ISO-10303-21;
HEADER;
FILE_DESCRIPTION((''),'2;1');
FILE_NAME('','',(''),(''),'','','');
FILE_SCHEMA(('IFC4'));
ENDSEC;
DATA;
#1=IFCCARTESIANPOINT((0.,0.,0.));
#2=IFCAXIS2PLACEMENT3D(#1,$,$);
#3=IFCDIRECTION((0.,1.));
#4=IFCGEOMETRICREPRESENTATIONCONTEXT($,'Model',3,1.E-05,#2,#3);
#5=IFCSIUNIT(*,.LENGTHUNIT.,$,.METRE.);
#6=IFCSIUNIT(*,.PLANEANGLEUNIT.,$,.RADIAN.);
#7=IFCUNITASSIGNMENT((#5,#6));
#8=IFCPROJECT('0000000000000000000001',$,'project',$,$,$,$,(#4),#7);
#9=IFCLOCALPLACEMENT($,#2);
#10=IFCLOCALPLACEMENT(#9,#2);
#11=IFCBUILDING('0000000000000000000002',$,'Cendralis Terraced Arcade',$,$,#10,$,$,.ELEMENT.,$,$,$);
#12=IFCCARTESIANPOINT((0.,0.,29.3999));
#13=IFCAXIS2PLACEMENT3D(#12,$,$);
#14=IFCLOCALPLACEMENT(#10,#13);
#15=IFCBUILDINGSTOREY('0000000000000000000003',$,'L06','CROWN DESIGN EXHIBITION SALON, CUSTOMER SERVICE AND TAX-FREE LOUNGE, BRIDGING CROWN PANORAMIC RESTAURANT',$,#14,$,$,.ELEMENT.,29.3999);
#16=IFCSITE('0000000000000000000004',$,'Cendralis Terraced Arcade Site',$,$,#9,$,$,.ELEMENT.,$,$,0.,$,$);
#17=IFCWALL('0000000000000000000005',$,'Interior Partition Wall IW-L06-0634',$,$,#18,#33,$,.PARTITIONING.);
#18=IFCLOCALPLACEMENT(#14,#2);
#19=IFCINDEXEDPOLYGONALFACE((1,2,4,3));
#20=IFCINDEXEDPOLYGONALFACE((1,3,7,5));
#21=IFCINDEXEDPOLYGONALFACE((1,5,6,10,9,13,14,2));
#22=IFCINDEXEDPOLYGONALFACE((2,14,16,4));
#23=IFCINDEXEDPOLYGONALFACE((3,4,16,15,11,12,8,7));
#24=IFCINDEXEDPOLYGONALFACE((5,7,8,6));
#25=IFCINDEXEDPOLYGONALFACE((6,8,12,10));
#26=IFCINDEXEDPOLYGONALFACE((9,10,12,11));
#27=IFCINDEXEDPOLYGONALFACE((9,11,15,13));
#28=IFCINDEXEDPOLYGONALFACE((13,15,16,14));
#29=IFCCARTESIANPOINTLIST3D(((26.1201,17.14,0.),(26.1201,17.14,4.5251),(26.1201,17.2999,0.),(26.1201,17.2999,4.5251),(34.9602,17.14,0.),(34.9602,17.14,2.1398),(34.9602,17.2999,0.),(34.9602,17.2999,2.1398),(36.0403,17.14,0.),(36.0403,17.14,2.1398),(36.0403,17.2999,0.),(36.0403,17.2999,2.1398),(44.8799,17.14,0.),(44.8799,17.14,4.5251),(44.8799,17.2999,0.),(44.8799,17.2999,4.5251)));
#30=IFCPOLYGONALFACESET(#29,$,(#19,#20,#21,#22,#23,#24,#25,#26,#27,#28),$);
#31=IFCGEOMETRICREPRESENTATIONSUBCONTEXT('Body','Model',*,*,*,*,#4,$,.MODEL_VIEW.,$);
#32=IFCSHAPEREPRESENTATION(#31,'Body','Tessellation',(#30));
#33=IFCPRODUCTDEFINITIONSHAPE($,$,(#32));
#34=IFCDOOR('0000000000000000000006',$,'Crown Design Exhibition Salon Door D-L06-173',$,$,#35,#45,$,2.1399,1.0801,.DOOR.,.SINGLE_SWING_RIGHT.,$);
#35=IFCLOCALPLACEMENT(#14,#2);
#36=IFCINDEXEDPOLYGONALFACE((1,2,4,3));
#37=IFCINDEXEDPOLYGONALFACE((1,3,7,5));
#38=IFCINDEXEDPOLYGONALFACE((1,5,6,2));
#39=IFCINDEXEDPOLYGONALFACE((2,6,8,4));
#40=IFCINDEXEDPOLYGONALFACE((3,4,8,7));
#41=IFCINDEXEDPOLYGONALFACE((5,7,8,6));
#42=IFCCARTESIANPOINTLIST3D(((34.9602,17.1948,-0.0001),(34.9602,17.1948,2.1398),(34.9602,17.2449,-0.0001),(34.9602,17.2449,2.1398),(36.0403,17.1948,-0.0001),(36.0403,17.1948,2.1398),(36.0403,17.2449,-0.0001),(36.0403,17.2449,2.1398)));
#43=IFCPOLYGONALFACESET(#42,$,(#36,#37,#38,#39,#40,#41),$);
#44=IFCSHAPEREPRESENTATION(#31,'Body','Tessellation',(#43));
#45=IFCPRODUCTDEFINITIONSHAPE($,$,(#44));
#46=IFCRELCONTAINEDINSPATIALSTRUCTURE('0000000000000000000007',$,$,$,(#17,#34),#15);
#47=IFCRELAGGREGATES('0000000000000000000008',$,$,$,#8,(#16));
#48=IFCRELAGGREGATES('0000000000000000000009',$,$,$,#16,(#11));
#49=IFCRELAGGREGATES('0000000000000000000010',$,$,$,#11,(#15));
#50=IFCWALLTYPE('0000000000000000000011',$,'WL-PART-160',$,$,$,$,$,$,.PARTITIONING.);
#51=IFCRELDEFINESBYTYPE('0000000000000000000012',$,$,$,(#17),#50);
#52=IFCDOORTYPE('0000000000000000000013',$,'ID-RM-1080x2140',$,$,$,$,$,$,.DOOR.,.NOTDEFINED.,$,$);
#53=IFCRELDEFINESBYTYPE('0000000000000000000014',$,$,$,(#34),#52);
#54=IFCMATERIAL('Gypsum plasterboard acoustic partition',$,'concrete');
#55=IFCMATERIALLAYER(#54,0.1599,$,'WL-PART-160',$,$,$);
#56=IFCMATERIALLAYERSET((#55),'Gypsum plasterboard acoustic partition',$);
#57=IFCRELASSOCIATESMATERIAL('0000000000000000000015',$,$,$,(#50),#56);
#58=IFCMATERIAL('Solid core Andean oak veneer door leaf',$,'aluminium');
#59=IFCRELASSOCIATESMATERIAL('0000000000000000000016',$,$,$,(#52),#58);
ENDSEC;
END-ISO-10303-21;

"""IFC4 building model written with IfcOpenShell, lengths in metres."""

from ifc_helpers import new_model, si_unit, direction, frame, frame_2d, origin, place, context, subcontext, project, spatial, rectangle, extrude, material, layer, layer_set, type_object, element, fill, save


model = new_model("IFC4")

# Units and contexts
model_context = context("Model", 3, precision=1e-05, world=origin(), true_north=direction((0.0, 1.0)))
body_context = subcontext(model_context, "Body", "Model", "MODEL_VIEW")
ifc_project = project(units=[si_unit("LENGTHUNIT", "METRE"), si_unit("PLANEANGLEUNIT", "RADIAN")], contexts=[model_context])

# Site, building, storey
site_placement = place(None, origin())
site = spatial("IfcSite", under=ifc_project, at=site_placement, Name="Cendralis Terraced Arcade Site", CompositionType="ELEMENT", RefElevation=0.0)
building_placement = place(site_placement, origin())
building = spatial("IfcBuilding", under=site, at=building_placement, Name="Cendralis Terraced Arcade", CompositionType="ELEMENT")
storey_placement = place(building_placement, frame((0.0, 0.0, 29.3999)))
storey = spatial("IfcBuildingStorey", under=building, at=storey_placement, Name="L06", Description="CROWN DESIGN EXHIBITION SALON, CUSTOMER SERVICE AND TAX-FREE LOUNGE, BRIDGING CROWN PANORAMIC RESTAURANT", CompositionType="ELEMENT", Elevation=29.3999)

# Shared definitions
ifc_material_1 = material(Name="Solid core Andean oak veneer door leaf", Category="aluminium")

# Wall, opening, door
ifc_material_2 = material(Name="Gypsum plasterboard acoustic partition", Category="concrete")
ifc_layer_1 = layer(ifc_material_2, 0.1599, Name="WL-PART-160")
ifc_layer_set_1 = layer_set([ifc_layer_1], Name="Gypsum plasterboard acoustic partition")
wall_type_1 = type_object("IfcWallType", Name="WL-PART-160", PredefinedType="PARTITIONING", material=ifc_layer_set_1)
wall_1_placement = place(storey_placement, frame((26.1201, 17.22, 0.0), z_axis=(0.0, 0.0, 1.0), x_axis=(1.0, 0.0, 0.0)))
wall_1 = element("IfcWall", 1, at=wall_1_placement, inside=storey, type_object=wall_type_1, Name="Interior Partition Wall IW-L06-0634", PredefinedType="PARTITIONING", context=body_context, shape_type="SweptSolid", body=[
    extrude(rectangle(XDim=18.7598, YDim=0.1599, at=frame_2d((9.3799, 0.0))), origin(), (0.0, 0.0, 1.0), 4.5251),
])
opening_1_placement = place(wall_1_placement, frame((8.8401, 0.0, 0.0)))
opening_1 = element("IfcOpeningElement", 2, at=opening_1_placement, cuts=wall_1, PredefinedType="OPENING", context=body_context, shape_type="SweptSolid", body=[
    extrude(rectangle(XDim=1.0801, YDim=2.1399, at=frame_2d((0.54, 1.0698))), frame((0.0, 0.0918, 0.0), z_axis=(0.0, -1.0, 0.0), x_axis=(1.0, 0.0, 0.0)), (0.0, 0.0, 1.0), 0.1838),
])
door_type_1 = type_object("IfcDoorType", Name="ID-RM-1080x2140", OperationType="NOTDEFINED", PredefinedType="DOOR", material=ifc_material_1)
door_1_placement = place(opening_1_placement, origin())
door_1 = element("IfcDoor", 3, at=door_1_placement, inside=storey, type_object=door_type_1, Name="Crown Design Exhibition Salon Door D-L06-173", OperationType="SINGLE_SWING_RIGHT", OverallHeight=2.1399, OverallWidth=1.0801, PredefinedType="DOOR", context=body_context, shape_type="SweptSolid", body=[
    extrude(rectangle(XDim=1.0801, YDim=2.1399, at=frame_2d((0.54, 1.0698))), frame((0.0, 0.0249, 0.0), z_axis=(0.0, -1.0, 0.0), x_axis=(1.0, 0.0, 0.0)), (0.0, 0.0, 1.0), 0.05),
])
fill(opening_1, door_1)

save(model, "model.ifc")
